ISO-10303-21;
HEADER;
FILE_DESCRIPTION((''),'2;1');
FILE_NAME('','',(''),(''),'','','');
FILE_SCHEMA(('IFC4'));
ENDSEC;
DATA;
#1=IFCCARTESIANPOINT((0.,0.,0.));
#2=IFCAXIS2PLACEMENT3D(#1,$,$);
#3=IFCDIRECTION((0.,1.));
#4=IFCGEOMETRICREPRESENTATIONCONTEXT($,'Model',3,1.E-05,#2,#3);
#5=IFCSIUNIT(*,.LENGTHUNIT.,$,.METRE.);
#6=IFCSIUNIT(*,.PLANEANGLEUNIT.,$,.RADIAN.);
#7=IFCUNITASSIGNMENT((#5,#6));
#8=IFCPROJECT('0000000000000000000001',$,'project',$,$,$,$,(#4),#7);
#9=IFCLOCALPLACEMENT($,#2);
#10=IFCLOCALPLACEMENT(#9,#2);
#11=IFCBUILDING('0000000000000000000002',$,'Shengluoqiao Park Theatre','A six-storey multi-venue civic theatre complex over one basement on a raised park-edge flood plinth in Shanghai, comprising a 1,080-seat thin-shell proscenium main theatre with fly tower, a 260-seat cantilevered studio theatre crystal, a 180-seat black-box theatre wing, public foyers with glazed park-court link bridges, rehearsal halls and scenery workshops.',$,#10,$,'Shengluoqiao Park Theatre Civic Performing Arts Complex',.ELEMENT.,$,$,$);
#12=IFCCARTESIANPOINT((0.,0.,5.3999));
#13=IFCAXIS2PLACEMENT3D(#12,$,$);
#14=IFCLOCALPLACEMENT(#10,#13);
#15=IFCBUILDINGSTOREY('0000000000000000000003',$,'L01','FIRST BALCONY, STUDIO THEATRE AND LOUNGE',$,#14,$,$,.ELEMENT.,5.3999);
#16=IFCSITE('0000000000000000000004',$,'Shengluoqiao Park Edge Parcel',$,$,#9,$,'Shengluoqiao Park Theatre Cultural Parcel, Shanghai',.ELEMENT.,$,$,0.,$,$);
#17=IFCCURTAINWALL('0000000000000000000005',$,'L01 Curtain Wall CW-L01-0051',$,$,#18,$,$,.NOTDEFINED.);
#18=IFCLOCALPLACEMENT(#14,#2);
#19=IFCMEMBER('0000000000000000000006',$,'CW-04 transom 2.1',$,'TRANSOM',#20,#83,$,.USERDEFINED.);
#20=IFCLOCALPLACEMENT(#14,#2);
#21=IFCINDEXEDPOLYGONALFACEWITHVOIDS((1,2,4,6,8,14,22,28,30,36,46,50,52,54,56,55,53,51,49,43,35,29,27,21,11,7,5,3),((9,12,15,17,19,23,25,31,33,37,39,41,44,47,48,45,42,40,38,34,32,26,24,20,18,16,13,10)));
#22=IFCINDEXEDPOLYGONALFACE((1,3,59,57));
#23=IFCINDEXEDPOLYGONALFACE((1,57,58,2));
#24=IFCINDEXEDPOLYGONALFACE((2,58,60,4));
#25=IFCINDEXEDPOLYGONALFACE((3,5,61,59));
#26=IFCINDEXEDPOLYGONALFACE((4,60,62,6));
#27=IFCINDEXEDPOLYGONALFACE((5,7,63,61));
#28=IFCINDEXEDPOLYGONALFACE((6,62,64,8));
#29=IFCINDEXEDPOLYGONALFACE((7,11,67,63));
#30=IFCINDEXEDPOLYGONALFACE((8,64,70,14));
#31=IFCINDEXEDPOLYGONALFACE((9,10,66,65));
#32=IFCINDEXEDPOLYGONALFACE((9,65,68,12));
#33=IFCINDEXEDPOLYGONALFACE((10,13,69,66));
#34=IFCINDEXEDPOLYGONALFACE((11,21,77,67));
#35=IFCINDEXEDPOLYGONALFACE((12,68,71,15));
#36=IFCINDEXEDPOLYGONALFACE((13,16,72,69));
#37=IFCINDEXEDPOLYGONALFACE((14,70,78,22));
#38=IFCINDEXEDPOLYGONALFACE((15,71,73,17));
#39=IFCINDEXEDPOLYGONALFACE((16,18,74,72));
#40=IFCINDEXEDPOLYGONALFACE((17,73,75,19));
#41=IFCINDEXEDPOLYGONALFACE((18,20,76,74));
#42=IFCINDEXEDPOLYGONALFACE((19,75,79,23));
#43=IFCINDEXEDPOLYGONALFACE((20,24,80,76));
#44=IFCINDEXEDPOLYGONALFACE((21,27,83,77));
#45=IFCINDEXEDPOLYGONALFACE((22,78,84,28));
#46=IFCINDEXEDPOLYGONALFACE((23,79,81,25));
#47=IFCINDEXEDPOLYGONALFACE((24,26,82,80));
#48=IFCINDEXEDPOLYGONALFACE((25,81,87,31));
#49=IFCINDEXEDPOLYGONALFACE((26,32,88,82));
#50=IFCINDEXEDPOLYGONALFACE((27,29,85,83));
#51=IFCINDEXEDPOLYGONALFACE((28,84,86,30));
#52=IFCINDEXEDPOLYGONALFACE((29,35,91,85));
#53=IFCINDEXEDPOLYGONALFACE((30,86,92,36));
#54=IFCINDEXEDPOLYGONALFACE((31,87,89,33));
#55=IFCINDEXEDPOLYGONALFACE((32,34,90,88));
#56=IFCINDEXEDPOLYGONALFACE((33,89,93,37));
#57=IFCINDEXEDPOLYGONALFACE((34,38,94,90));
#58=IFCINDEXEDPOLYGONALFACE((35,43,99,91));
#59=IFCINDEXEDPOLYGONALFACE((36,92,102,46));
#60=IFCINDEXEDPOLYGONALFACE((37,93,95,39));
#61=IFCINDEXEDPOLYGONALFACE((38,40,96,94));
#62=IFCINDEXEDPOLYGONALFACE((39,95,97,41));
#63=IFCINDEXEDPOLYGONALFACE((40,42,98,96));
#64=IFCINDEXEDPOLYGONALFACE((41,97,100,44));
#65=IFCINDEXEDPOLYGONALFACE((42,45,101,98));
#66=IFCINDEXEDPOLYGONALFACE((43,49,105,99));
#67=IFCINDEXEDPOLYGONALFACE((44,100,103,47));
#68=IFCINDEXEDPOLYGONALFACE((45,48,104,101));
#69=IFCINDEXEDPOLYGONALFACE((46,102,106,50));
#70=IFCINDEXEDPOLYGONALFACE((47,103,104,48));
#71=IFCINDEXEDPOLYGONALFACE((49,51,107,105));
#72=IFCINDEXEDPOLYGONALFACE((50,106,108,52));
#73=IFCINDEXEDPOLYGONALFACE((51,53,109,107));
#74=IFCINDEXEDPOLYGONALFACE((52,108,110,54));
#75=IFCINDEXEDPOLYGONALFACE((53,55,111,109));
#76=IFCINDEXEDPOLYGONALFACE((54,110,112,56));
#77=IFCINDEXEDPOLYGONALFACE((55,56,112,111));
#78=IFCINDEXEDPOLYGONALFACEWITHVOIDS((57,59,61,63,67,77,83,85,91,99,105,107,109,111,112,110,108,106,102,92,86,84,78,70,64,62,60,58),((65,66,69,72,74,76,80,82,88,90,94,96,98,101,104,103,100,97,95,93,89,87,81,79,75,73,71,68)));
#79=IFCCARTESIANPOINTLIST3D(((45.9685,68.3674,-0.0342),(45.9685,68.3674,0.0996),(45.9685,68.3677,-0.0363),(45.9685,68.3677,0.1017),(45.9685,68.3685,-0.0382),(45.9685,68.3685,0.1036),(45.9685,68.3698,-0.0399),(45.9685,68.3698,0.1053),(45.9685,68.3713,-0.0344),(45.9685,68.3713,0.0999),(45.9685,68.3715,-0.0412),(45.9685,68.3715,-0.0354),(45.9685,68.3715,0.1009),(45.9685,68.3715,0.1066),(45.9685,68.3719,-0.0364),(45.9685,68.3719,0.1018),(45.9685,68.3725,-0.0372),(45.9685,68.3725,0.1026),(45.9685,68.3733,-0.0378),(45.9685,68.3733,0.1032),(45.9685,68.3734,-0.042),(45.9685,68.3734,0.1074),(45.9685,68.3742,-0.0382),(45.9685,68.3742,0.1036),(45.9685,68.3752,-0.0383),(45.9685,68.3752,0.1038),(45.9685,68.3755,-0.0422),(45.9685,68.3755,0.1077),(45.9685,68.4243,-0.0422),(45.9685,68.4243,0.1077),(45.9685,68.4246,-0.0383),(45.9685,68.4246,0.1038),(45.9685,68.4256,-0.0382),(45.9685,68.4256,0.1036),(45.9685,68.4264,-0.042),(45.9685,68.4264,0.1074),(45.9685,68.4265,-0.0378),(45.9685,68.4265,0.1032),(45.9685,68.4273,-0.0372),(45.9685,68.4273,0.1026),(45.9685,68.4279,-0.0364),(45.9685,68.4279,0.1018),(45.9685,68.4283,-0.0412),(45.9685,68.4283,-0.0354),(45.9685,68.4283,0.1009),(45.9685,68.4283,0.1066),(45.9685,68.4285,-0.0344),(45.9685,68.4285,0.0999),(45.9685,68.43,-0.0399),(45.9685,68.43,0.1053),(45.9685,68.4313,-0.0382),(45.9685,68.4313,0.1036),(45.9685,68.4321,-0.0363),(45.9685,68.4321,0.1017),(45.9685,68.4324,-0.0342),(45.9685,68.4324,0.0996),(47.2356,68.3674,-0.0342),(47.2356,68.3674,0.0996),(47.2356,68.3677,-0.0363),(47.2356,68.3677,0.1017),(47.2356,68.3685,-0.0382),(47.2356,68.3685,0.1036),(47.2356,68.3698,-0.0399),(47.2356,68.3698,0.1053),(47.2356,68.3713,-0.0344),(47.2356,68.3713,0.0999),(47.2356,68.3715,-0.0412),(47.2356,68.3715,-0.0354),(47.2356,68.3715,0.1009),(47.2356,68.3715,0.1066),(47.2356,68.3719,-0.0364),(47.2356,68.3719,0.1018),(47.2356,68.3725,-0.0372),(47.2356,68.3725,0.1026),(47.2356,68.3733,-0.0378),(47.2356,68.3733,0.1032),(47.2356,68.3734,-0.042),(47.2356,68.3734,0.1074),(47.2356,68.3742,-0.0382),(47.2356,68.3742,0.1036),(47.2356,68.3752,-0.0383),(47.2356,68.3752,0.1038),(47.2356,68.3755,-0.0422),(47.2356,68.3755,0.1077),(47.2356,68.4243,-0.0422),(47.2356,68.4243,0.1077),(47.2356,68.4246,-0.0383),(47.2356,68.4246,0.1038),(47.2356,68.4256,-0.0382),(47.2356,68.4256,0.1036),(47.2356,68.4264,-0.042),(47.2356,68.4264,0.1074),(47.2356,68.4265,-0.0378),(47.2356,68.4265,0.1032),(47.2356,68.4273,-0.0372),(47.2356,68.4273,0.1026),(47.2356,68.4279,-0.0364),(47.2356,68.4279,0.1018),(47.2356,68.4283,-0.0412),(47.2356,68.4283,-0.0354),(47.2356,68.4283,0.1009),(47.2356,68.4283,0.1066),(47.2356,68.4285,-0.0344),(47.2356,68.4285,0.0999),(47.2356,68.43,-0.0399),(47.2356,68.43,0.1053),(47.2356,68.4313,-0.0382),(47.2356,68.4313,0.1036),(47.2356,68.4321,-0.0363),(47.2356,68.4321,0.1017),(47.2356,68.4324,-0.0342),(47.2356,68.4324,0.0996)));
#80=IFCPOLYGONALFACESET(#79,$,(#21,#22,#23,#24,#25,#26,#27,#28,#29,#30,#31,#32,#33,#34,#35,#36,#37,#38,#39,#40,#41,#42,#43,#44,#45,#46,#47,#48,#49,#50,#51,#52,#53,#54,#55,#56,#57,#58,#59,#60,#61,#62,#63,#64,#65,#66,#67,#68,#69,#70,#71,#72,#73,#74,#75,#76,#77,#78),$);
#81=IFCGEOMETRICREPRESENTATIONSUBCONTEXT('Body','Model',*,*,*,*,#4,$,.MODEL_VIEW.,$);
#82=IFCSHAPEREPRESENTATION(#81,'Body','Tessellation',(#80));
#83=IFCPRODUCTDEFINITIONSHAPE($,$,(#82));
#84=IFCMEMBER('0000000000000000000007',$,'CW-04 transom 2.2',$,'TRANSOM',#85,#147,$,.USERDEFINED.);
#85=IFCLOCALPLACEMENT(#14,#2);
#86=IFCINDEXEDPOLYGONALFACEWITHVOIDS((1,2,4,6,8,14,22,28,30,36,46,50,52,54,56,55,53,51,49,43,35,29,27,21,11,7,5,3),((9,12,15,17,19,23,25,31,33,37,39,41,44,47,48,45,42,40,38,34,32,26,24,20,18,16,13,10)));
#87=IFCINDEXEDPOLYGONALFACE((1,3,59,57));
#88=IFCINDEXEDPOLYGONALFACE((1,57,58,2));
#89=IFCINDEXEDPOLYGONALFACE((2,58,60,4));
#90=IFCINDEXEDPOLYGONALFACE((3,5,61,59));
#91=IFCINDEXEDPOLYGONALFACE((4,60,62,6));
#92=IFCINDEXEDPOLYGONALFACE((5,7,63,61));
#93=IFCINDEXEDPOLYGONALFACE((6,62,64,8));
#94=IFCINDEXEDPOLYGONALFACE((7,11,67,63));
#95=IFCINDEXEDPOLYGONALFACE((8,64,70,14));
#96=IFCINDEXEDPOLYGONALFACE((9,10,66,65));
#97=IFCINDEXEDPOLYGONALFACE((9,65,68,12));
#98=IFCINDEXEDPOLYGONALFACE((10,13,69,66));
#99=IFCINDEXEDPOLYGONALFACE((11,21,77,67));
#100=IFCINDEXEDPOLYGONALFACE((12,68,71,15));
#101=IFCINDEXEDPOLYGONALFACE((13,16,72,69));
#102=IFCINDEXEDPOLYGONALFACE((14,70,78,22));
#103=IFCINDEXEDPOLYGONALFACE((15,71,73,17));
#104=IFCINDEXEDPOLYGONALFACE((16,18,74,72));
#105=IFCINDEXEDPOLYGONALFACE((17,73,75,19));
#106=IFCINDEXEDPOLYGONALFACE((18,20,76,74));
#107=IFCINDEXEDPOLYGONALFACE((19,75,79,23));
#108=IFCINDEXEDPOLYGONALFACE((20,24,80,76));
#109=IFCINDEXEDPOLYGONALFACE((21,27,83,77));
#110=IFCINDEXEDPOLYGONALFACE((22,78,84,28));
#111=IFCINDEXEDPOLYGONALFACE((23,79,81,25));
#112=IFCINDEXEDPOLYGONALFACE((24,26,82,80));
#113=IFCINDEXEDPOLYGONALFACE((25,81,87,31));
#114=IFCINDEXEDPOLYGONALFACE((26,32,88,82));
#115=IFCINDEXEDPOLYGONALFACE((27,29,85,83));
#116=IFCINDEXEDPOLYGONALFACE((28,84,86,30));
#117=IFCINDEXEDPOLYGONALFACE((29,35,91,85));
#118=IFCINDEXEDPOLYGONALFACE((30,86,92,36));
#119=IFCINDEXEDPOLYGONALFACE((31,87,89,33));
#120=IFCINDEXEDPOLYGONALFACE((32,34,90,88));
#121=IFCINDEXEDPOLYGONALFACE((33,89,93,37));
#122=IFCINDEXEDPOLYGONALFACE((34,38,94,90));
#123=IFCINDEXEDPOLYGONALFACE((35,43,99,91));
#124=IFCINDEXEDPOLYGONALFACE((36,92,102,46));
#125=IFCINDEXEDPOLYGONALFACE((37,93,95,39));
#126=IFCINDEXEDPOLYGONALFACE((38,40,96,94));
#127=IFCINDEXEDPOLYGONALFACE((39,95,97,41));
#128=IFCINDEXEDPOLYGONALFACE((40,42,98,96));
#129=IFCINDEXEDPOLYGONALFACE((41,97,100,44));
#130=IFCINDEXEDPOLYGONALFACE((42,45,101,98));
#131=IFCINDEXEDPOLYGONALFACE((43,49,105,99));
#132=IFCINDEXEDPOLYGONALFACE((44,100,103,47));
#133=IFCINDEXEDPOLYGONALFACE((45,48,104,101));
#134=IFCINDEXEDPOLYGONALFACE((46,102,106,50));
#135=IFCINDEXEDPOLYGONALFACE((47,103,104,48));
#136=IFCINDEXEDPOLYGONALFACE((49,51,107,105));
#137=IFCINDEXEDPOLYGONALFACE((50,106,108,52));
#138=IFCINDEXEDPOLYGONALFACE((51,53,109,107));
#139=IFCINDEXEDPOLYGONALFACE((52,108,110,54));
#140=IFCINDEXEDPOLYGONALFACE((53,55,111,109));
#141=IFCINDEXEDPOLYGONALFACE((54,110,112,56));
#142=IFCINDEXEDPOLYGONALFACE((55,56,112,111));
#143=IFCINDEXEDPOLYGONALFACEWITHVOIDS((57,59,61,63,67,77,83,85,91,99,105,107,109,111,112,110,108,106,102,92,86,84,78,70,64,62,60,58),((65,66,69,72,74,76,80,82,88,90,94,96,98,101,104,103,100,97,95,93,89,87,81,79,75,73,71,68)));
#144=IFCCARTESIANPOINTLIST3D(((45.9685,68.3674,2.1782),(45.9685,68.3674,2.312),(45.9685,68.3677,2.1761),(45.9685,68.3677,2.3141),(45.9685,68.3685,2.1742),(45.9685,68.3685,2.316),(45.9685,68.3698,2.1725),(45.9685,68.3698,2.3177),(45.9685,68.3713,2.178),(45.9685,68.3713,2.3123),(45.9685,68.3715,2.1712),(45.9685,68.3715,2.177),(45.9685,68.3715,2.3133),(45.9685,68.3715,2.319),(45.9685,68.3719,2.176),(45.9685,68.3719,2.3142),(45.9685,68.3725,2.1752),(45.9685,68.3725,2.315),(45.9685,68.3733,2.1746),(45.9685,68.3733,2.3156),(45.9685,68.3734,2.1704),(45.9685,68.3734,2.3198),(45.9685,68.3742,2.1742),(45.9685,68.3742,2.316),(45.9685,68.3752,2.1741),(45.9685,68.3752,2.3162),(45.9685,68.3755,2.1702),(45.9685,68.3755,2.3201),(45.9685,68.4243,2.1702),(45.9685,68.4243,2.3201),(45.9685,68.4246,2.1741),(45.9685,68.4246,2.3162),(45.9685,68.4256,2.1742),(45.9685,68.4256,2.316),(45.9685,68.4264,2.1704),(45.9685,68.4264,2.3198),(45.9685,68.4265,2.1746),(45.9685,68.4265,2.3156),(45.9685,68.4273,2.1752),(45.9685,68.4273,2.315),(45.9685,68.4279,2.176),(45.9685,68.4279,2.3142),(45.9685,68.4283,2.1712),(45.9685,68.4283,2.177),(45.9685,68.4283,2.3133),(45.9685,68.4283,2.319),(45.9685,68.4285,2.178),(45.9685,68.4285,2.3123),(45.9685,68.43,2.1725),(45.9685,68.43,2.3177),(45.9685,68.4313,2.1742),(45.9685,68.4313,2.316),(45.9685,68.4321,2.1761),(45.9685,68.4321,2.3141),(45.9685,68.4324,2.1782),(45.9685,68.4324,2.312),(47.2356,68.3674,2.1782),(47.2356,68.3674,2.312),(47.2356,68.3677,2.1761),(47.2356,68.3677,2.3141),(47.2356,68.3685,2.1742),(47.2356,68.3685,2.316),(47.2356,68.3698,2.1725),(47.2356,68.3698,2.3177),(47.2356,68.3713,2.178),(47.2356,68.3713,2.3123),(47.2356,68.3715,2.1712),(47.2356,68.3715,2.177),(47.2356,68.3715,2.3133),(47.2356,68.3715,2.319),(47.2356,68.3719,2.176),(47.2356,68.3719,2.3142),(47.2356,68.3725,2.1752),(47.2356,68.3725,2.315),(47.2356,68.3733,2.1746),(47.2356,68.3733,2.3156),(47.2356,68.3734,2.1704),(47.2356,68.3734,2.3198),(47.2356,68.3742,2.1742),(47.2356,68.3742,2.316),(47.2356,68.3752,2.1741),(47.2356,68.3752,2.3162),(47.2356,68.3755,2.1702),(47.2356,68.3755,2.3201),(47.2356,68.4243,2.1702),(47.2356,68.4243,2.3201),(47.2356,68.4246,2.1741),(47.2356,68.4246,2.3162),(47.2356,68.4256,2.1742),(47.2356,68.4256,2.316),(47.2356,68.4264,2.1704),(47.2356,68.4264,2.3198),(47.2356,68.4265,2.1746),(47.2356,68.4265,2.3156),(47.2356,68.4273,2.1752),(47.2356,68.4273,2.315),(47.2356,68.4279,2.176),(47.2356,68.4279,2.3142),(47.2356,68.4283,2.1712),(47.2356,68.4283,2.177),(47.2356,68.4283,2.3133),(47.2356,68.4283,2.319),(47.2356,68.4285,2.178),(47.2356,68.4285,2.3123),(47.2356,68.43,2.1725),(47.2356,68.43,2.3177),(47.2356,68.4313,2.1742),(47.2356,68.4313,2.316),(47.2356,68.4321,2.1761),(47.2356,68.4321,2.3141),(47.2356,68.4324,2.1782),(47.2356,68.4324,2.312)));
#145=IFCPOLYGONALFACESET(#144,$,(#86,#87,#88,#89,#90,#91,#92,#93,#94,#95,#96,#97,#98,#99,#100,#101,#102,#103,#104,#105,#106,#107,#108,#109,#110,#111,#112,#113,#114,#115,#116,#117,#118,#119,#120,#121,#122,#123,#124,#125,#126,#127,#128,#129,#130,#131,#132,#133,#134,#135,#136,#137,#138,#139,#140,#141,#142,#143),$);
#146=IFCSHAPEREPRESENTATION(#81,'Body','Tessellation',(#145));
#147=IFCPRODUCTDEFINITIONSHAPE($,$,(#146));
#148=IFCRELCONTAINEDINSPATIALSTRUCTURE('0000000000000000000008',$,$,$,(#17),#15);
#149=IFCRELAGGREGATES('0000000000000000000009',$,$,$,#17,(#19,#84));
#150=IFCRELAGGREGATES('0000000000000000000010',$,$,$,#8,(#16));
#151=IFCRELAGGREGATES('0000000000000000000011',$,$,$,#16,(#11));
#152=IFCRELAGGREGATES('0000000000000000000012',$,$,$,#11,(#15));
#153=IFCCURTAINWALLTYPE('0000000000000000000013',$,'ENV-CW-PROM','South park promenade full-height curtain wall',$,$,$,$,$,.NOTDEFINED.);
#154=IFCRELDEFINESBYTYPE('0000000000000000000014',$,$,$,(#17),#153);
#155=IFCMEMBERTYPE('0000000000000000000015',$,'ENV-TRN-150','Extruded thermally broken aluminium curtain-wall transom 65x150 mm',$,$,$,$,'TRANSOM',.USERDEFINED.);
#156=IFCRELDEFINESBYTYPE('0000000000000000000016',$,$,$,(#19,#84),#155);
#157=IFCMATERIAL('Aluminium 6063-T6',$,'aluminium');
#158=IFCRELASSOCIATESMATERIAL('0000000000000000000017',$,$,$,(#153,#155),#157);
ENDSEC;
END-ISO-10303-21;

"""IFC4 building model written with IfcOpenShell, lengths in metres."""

from ifc_helpers import new_model, si_unit, direction, frame, origin, origin_2d, place, context, subcontext, project, spatial, hollow_rectangle, extrude, material, material_profile, profile_set, type_object, element, aggregate, save


model = new_model("IFC4")

# Units and contexts
model_context = context("Model", 3, precision=1e-05, world=origin(), true_north=direction((0.0, 1.0)))
body_context = subcontext(model_context, "Body", "Model", "MODEL_VIEW")
ifc_project = project(units=[si_unit("LENGTHUNIT", "METRE"), si_unit("PLANEANGLEUNIT", "RADIAN")], contexts=[model_context])

# Site, building, storey
site_placement = place(None, origin())
site = spatial("IfcSite", under=ifc_project, at=site_placement, Name="Shengluoqiao Park Edge Parcel", LongName="Shengluoqiao Park Theatre Cultural Parcel, Shanghai", CompositionType="ELEMENT", RefElevation=0.0)
building_placement = place(site_placement, origin())
building = spatial("IfcBuilding", under=site, at=building_placement, Name="Shengluoqiao Park Theatre", Description="A six-storey multi-venue civic theatre complex over one basement on a raised park-edge flood plinth in Shanghai, comprising a 1,080-seat thin-shell proscenium main theatre with fly tower, a 260-seat cantilevered studio theatre crystal, a 180-seat black-box theatre wing, public foyers with glazed park-court link bridges, rehearsal halls and scenery workshops.", LongName="Shengluoqiao Park Theatre Civic Performing Arts Complex", CompositionType="ELEMENT")
storey_placement = place(building_placement, frame((0.0, 0.0, 5.3999)))
storey = spatial("IfcBuildingStorey", under=building, at=storey_placement, Name="L01", Description="FIRST BALCONY, STUDIO THEATRE AND LOUNGE", CompositionType="ELEMENT", Elevation=5.3999)

# Curtain wall, members
ifc_material_1 = material(Name="Aluminium 6063-T6", Category="aluminium")
curtain_wall_type = type_object("IfcCurtainWallType", Name="ENV-CW-PROM", Description="South park promenade full-height curtain wall", PredefinedType="NOTDEFINED", material=ifc_material_1)
curtain_wall_placement = place(storey_placement, origin())
curtain_wall = element("IfcCurtainWall", 1, at=curtain_wall_placement, inside=storey, type_object=curtain_wall_type, Name="L01 Curtain Wall CW-L01-0051", PredefinedType="NOTDEFINED")
ifc_material_profile_1 = material_profile(ifc_material_1, hollow_rectangle(XDim=0.0649, YDim=0.1499, WallThickness=0.0039, InnerFilletRadius=0.0039, OuterFilletRadius=0.0081, at=origin_2d()), Name="ALU TRANSOM 150x65x4")
ifc_profile_set_1 = profile_set([ifc_material_profile_1], Name="Aluminium 6063-T6")
member_type_1 = type_object("IfcMemberType", Name="ENV-TRN-150", Description="Extruded thermally broken aluminium curtain-wall transom 65x150 mm", ElementType="TRANSOM", PredefinedType="USERDEFINED", material=ifc_profile_set_1)
member_1_placement = place(storey_placement, frame((45.9685, 68.3999, 0.0327), z_axis=(1.0, 0.0, 0.0), x_axis=(0.0, 1.0, 0.0)))
member_1 = element("IfcMember", 2, at=member_1_placement, type_object=member_type_1, Name="CW-04 transom 2.1", ObjectType="TRANSOM", PredefinedType="USERDEFINED", context=body_context, shape_type="SweptSolid", body=[
    extrude(hollow_rectangle(XDim=0.0649, YDim=0.1499, WallThickness=0.0039, InnerFilletRadius=0.0039, OuterFilletRadius=0.0081, at=origin_2d()), origin(), (0.0, 0.0, 1.0), 1.2671),
])
member_2_placement = place(storey_placement, frame((45.9685, 68.3999, 2.2451), z_axis=(1.0, 0.0, 0.0), x_axis=(0.0, 1.0, 0.0)))
member_2 = element("IfcMember", 3, at=member_2_placement, type_object=member_type_1, Name="CW-04 transom 2.2", ObjectType="TRANSOM", PredefinedType="USERDEFINED", context=body_context, shape_type="SweptSolid", body=[
    extrude(hollow_rectangle(XDim=0.0649, YDim=0.1499, WallThickness=0.0039, InnerFilletRadius=0.0039, OuterFilletRadius=0.0081, at=origin_2d()), origin(), (0.0, 0.0, 1.0), 1.2671),
])

aggregate(curtain_wall, [member_1, member_2])

save(model, "model.ifc")
